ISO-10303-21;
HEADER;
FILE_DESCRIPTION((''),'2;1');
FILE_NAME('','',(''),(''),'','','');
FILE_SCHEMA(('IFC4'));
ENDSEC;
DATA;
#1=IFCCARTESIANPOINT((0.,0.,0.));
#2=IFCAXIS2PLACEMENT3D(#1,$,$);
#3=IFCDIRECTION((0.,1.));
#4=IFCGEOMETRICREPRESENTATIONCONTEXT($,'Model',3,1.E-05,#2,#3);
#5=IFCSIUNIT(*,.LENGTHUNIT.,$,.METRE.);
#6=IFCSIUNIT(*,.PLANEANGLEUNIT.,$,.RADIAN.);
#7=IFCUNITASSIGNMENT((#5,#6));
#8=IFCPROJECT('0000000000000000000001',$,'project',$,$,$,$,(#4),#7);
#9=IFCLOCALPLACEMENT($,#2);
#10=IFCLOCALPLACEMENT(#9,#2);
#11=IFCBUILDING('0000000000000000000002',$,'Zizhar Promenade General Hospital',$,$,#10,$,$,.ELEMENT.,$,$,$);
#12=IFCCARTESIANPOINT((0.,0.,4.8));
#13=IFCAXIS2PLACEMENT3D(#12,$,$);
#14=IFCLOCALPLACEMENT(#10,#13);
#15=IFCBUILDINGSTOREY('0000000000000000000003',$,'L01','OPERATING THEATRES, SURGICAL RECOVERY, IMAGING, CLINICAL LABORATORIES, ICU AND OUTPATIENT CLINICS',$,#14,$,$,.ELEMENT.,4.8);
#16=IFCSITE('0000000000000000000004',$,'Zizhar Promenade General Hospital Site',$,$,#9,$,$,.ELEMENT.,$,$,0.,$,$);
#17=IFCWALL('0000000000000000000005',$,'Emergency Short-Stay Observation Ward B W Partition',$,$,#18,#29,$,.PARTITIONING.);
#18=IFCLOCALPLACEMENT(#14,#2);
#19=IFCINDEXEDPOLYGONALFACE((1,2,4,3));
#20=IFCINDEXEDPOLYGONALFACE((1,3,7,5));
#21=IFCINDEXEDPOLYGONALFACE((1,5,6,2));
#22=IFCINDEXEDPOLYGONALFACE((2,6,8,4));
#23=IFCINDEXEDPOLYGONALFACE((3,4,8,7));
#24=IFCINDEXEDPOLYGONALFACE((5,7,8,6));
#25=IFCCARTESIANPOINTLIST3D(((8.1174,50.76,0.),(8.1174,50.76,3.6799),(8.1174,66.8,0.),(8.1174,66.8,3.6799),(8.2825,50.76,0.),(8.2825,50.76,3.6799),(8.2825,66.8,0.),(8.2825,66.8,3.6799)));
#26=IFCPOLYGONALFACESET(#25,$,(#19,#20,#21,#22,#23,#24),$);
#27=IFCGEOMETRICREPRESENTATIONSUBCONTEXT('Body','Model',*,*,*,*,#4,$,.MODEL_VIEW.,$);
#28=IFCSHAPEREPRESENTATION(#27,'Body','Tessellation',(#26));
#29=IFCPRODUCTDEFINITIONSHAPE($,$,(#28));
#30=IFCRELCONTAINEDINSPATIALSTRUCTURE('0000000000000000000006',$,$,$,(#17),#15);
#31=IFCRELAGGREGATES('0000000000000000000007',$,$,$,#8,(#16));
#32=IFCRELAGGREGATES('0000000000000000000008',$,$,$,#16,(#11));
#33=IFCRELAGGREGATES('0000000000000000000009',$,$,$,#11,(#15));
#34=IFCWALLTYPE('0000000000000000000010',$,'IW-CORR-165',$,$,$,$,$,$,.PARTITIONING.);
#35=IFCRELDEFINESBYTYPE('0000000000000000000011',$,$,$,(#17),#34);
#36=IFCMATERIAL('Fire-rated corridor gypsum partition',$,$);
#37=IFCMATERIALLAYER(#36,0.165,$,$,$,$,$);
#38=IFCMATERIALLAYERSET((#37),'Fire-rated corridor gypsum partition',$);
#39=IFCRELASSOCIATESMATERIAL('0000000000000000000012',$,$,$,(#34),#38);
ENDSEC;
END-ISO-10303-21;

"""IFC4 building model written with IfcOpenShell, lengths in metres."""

from ifc_helpers import new_model, si_unit, direction, frame, frame_2d, origin, place, context, subcontext, project, spatial, rectangle, extrude, material, layer, layer_set, type_object, element, save


model = new_model("IFC4")

# Units and contexts
model_context = context("Model", 3, precision=1e-05, world=origin(), true_north=direction((0.0, 1.0)))
body_context = subcontext(model_context, "Body", "Model", "MODEL_VIEW")
ifc_project = project(units=[si_unit("LENGTHUNIT", "METRE"), si_unit("PLANEANGLEUNIT", "RADIAN")], contexts=[model_context])

# Site, building, storey
site_placement = place(None, origin())
site = spatial("IfcSite", under=ifc_project, at=site_placement, Name="Zizhar Promenade General Hospital Site", CompositionType="ELEMENT", RefElevation=0.0)
building_placement = place(site_placement, origin())
building = spatial("IfcBuilding", under=site, at=building_placement, Name="Zizhar Promenade General Hospital", CompositionType="ELEMENT")
storey_placement = place(building_placement, frame((0.0, 0.0, 4.8)))
storey = spatial("IfcBuildingStorey", under=building, at=storey_placement, Name="L01", Description="OPERATING THEATRES, SURGICAL RECOVERY, IMAGING, CLINICAL LABORATORIES, ICU AND OUTPATIENT CLINICS", CompositionType="ELEMENT", Elevation=4.8)

# Wall
ifc_material_1 = material(Name="Fire-rated corridor gypsum partition")
ifc_layer_1 = layer(ifc_material_1, 0.165)
ifc_layer_set_1 = layer_set([ifc_layer_1], Name="Fire-rated corridor gypsum partition")
wall_type = type_object("IfcWallType", Name="IW-CORR-165", PredefinedType="PARTITIONING", material=ifc_layer_set_1)
wall_placement = place(storey_placement, frame((8.2, 50.76, 0.0), z_axis=(0.0, 0.0, 1.0), x_axis=(0.0, 1.0, 0.0)))
element("IfcWall", 1, at=wall_placement, inside=storey, type_object=wall_type, Name="Emergency Short-Stay Observation Ward B W Partition", PredefinedType="PARTITIONING", context=body_context, shape_type="SweptSolid", body=[
    extrude(rectangle(XDim=16.04, YDim=0.165, at=frame_2d((8.02, 0.0))), origin(), (0.0, 0.0, 1.0), 3.6799),
])

save(model, "model.ifc")
